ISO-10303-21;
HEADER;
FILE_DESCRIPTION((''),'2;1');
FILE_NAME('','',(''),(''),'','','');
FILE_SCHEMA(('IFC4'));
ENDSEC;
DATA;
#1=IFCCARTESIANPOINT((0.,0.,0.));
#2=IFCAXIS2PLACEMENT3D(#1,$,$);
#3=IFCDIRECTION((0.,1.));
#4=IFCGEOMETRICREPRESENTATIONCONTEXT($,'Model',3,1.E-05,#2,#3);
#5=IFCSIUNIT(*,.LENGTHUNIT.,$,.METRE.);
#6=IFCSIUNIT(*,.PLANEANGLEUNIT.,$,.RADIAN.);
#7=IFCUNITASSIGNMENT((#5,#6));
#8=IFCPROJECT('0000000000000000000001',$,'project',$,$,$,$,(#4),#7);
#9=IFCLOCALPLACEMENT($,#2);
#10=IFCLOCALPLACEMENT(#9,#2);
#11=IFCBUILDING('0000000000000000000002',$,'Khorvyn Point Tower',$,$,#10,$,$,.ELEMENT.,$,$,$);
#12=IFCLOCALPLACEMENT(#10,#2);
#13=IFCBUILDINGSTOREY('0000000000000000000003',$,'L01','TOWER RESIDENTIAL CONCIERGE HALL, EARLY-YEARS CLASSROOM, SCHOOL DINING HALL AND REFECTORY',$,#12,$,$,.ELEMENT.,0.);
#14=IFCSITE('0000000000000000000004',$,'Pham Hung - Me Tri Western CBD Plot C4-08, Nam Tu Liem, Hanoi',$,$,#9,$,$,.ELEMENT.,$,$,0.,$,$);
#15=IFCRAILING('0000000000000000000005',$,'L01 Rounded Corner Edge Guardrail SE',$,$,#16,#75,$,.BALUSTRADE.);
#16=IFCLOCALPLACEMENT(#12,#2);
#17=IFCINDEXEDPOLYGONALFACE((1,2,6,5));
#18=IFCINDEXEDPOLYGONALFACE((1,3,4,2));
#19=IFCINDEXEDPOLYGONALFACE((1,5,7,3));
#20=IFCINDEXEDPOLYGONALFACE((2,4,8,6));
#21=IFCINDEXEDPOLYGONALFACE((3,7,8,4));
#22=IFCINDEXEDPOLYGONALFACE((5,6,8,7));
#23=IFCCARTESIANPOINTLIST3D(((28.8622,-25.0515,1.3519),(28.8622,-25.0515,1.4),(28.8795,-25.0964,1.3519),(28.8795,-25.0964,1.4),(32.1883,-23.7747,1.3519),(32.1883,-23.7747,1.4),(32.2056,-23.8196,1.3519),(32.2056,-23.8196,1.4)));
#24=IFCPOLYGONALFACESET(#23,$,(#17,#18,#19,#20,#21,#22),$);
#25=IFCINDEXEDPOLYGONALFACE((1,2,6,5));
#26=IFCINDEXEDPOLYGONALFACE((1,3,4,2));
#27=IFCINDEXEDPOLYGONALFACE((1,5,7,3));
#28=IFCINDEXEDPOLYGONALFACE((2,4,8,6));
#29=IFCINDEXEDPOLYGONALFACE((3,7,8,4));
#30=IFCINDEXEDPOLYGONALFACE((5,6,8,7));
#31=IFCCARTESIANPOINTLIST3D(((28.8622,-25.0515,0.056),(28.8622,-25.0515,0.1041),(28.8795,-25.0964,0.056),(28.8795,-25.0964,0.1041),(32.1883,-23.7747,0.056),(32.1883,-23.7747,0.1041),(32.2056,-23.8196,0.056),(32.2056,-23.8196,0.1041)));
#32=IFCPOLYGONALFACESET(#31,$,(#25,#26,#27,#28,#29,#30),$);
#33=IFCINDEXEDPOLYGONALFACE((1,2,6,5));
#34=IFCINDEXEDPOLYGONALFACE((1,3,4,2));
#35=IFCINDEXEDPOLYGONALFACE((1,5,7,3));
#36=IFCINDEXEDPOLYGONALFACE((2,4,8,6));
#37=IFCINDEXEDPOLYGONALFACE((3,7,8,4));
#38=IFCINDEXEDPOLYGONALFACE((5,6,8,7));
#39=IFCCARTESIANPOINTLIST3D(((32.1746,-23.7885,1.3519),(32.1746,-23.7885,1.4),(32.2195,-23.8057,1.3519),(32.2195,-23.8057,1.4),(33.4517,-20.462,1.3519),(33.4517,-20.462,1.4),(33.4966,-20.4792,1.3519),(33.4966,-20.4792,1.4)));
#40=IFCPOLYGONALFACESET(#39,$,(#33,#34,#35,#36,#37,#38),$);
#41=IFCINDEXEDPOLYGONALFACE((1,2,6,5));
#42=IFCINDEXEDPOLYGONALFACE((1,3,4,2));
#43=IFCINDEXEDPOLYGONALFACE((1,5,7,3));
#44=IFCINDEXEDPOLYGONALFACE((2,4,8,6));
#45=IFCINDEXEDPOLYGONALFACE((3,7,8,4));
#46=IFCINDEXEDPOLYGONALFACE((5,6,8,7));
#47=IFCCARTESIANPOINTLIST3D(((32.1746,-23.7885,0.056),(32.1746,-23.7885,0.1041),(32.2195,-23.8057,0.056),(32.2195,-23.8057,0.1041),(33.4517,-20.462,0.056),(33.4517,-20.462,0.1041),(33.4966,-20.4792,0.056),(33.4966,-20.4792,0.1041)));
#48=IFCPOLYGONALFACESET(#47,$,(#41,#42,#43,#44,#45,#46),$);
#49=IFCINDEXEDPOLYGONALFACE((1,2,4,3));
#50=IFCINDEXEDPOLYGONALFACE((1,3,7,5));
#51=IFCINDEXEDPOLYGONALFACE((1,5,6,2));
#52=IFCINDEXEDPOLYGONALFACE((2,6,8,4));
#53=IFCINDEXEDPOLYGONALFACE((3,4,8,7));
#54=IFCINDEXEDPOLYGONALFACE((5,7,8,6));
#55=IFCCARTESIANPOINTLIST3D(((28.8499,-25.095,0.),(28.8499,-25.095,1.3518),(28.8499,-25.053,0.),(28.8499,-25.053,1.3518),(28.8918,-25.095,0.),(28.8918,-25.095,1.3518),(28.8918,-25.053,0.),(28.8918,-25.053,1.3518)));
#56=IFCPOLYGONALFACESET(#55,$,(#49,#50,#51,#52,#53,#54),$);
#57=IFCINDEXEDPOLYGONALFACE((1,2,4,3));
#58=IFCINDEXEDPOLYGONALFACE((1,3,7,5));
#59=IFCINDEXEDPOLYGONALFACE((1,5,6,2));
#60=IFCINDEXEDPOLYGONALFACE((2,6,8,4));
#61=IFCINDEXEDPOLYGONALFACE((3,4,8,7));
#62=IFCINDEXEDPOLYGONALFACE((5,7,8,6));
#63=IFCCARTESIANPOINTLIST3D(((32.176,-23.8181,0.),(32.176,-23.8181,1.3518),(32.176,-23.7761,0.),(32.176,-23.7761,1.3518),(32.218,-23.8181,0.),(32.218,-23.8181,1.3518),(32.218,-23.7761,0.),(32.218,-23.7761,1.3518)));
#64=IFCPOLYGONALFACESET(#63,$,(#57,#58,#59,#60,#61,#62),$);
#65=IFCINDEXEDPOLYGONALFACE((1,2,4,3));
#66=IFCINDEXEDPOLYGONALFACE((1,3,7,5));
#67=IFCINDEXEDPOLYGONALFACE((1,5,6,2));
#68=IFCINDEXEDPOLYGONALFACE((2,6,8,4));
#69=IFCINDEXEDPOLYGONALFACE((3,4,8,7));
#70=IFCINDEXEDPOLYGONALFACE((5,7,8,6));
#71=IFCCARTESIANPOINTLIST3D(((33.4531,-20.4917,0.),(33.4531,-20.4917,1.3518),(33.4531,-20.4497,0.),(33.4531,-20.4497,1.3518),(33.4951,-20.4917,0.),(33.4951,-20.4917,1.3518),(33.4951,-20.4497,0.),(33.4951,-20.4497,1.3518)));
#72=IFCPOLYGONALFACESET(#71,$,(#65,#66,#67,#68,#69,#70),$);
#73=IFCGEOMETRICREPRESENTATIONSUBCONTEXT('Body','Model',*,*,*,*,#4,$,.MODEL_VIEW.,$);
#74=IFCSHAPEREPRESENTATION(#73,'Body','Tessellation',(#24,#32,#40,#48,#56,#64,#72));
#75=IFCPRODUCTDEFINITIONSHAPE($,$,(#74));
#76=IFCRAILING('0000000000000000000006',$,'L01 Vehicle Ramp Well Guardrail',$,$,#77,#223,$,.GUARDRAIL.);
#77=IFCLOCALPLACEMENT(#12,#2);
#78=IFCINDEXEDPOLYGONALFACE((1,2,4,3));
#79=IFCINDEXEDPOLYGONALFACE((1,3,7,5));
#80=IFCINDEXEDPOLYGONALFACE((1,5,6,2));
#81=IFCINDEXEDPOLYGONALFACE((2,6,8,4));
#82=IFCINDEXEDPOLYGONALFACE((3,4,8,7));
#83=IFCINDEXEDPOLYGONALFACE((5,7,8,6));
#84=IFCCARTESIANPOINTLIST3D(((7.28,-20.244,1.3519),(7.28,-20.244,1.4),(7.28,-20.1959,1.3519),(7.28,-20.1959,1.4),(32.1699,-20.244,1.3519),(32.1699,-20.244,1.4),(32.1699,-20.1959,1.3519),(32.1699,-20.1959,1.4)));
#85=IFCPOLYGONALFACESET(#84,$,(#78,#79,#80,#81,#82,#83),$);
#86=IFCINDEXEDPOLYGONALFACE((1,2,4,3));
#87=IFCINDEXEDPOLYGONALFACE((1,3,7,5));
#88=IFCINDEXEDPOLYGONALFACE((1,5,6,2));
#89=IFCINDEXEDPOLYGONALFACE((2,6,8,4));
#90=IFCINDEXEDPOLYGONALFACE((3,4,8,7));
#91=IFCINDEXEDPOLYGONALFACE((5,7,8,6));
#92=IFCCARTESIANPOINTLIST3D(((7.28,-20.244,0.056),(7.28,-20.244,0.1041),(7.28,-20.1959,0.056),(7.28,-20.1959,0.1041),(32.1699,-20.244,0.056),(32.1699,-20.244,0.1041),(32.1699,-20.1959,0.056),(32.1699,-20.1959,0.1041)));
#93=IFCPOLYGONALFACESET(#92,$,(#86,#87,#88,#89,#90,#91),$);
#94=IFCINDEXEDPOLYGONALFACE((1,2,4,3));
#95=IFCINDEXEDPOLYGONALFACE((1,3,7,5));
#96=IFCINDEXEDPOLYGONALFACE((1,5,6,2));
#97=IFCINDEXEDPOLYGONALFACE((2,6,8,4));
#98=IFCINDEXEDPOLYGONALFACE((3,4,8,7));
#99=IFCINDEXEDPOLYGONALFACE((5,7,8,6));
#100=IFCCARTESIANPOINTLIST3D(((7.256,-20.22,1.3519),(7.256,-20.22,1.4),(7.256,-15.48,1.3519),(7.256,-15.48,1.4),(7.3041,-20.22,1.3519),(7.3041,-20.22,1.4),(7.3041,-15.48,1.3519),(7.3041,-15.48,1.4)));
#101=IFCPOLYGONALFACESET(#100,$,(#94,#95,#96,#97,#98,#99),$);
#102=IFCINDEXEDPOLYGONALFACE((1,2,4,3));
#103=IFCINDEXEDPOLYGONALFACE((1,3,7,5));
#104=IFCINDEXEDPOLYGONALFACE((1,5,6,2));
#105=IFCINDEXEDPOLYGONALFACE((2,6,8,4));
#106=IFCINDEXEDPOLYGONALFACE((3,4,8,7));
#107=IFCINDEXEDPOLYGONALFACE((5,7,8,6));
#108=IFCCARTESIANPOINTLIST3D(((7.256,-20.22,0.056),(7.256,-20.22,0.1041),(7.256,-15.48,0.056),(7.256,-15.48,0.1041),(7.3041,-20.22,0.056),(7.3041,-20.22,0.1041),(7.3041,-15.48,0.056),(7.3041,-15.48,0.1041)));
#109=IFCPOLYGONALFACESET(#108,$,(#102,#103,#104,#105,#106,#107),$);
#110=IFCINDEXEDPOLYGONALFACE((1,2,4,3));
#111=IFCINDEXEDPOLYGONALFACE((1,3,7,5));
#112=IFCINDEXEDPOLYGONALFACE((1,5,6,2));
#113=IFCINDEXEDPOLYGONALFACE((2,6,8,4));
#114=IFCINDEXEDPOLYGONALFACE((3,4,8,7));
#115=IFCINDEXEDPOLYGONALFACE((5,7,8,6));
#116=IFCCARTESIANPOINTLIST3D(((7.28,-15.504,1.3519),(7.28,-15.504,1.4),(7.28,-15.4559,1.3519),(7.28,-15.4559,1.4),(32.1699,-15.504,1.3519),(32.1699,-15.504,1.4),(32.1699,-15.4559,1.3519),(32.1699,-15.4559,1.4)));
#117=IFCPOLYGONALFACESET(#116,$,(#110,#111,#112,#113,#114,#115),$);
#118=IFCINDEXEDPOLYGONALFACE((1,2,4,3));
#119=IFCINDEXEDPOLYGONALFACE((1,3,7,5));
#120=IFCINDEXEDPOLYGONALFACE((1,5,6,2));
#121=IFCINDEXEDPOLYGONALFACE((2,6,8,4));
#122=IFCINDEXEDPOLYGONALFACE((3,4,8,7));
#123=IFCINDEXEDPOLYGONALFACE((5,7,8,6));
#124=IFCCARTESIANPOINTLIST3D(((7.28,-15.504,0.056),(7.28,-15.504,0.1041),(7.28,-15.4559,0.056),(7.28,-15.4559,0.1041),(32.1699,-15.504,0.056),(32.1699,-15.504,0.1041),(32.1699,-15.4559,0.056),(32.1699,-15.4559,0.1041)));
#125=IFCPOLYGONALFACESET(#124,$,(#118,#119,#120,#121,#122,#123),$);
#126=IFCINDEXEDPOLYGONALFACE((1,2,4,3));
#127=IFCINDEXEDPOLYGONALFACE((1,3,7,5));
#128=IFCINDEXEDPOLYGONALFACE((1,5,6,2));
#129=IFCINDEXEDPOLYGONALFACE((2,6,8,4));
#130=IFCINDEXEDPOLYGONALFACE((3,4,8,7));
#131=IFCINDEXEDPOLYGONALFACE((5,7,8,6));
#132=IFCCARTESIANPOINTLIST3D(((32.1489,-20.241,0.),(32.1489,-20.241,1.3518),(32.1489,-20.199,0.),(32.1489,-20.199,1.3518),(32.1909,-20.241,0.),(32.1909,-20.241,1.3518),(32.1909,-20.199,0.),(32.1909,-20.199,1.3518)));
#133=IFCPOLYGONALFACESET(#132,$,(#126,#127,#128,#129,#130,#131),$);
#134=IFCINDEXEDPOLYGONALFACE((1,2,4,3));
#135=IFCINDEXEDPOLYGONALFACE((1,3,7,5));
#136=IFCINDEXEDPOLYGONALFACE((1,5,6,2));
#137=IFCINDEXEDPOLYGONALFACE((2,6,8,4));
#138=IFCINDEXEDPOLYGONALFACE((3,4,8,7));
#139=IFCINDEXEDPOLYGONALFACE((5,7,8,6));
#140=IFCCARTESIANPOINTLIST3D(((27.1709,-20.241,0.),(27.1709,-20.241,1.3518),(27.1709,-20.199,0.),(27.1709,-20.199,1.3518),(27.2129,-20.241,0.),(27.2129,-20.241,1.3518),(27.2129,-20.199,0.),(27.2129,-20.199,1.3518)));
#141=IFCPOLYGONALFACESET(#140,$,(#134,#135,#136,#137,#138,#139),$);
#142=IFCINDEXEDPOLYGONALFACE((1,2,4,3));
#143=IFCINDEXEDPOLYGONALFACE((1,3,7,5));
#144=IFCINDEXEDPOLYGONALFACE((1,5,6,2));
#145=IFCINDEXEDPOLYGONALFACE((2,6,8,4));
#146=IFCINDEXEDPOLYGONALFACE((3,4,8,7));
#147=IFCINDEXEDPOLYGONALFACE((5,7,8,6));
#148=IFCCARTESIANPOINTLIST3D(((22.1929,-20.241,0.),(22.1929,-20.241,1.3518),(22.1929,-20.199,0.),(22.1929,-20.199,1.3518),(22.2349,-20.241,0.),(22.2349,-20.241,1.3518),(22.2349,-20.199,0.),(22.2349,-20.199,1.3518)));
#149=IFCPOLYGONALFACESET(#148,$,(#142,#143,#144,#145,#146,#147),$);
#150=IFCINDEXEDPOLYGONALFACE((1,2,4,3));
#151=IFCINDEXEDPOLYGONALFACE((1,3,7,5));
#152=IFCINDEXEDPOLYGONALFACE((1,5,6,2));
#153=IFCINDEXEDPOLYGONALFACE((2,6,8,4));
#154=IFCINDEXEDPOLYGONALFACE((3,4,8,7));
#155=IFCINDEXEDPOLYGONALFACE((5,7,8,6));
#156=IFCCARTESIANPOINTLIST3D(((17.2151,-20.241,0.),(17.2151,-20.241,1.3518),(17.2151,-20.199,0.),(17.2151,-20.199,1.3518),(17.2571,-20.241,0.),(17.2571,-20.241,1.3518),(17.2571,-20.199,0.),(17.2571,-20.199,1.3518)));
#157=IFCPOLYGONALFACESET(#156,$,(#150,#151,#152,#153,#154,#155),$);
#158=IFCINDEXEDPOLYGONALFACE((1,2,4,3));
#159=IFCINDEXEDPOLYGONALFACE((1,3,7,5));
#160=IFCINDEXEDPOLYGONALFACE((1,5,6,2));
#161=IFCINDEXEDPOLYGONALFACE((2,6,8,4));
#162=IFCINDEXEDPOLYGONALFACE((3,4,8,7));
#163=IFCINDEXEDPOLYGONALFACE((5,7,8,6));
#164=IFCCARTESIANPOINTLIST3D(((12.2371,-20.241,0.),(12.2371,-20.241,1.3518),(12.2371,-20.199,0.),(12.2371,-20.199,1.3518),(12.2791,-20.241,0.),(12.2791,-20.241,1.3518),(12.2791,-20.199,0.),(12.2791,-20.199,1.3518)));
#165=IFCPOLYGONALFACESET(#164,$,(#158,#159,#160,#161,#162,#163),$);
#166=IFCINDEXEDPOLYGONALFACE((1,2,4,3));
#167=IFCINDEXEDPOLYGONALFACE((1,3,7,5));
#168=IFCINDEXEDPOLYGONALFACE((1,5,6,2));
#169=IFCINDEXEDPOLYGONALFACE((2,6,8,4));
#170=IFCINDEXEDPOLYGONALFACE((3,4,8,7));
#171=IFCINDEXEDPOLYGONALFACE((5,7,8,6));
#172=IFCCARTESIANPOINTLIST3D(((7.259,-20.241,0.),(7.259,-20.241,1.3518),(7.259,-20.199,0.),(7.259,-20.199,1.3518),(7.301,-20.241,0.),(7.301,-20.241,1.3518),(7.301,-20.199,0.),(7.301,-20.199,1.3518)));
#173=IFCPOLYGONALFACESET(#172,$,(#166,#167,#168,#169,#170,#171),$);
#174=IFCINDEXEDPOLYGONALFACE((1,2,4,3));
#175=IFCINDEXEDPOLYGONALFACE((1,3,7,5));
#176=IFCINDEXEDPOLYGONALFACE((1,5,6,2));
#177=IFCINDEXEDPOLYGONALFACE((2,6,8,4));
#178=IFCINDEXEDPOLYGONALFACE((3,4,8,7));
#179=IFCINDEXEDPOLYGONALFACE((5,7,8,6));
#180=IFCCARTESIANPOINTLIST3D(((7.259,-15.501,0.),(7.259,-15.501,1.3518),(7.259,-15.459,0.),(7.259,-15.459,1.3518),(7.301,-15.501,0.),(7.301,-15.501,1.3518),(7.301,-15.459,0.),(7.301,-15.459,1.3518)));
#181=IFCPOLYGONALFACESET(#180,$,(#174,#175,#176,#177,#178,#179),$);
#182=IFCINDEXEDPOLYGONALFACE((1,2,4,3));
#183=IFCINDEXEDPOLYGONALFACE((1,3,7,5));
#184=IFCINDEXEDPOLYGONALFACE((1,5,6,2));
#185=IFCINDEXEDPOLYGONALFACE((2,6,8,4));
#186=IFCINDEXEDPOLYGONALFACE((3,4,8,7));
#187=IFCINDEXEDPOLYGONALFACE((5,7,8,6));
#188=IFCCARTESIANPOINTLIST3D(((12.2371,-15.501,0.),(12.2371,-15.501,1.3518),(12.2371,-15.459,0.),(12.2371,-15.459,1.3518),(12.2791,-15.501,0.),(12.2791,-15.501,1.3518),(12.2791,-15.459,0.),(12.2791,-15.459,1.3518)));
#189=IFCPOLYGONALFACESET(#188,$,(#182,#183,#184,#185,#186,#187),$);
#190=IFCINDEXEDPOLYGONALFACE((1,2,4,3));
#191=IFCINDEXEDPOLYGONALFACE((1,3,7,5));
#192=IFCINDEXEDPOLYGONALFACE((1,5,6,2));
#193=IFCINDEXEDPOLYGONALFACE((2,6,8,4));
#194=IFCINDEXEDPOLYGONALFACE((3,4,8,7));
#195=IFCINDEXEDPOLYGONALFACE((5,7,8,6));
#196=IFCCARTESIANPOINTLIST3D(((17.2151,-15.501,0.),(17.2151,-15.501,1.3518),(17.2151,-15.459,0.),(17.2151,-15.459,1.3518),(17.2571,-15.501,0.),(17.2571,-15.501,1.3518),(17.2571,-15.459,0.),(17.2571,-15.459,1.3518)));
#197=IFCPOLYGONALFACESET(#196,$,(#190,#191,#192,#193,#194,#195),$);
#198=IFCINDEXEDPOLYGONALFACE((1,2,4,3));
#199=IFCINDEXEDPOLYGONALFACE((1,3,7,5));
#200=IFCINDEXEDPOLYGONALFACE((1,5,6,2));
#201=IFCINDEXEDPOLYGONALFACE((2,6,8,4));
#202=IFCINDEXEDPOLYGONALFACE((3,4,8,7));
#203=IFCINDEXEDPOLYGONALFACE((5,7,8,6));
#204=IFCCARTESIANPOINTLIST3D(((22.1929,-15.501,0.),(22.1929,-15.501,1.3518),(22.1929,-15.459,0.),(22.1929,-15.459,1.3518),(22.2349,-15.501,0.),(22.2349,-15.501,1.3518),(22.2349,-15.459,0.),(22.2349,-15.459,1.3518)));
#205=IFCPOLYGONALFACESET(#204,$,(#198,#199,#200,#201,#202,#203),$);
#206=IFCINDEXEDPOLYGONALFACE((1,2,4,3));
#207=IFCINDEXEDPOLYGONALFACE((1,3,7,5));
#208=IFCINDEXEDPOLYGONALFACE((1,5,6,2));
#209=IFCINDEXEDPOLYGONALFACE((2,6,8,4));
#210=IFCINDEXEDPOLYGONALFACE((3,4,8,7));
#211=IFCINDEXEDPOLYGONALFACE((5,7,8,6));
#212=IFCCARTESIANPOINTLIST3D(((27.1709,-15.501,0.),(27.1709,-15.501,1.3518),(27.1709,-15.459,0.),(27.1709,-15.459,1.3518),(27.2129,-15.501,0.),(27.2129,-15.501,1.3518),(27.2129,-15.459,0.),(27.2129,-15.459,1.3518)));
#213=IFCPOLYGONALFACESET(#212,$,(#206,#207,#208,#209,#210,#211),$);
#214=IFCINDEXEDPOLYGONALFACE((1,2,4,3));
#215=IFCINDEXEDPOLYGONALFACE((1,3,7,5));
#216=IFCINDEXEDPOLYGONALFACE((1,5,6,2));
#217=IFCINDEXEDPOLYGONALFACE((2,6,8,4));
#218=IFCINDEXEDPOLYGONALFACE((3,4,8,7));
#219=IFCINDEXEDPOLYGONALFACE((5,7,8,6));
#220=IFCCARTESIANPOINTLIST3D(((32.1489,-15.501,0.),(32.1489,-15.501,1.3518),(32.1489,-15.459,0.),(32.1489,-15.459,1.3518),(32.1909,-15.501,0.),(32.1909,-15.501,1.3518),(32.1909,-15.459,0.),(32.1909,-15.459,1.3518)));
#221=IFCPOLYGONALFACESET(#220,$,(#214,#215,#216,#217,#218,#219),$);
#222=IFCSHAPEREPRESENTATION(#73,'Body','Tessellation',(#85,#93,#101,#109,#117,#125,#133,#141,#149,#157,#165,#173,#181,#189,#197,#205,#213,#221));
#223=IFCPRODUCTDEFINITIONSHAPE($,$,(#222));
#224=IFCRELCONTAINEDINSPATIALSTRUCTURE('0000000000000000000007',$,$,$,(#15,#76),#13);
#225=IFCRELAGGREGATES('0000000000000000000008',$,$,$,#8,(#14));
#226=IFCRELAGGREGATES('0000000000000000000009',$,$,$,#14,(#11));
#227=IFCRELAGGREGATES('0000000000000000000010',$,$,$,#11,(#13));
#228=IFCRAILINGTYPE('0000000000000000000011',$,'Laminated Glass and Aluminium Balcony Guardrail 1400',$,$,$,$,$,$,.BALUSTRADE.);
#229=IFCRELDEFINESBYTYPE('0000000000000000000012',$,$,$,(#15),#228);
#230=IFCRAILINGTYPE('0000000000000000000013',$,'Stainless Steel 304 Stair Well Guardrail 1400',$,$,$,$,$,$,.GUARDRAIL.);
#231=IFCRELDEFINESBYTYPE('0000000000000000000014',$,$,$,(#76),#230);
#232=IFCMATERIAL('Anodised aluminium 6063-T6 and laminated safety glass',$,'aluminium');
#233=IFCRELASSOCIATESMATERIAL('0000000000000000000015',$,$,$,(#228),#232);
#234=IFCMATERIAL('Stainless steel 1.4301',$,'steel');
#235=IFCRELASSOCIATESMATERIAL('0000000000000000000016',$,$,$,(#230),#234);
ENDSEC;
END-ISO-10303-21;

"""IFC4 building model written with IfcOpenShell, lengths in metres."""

from ifc_helpers import new_model, si_unit, direction, frame, origin, origin_2d, place, context, subcontext, project, spatial, rectangle, extrude, material, type_object, element, save


model = new_model("IFC4")

# Units and contexts
model_context = context("Model", 3, precision=1e-05, world=origin(), true_north=direction((0.0, 1.0)))
body_context = subcontext(model_context, "Body", "Model", "MODEL_VIEW")
ifc_project = project(units=[si_unit("LENGTHUNIT", "METRE"), si_unit("PLANEANGLEUNIT", "RADIAN")], contexts=[model_context])

# Site, building, storey
site_placement = place(None, origin())
site = spatial("IfcSite", under=ifc_project, at=site_placement, Name="Pham Hung - Me Tri Western CBD Plot C4-08, Nam Tu Liem, Hanoi", CompositionType="ELEMENT", RefElevation=0.0)
building_placement = place(site_placement, origin())
building = spatial("IfcBuilding", under=site, at=building_placement, Name="Khorvyn Point Tower", CompositionType="ELEMENT")
storey_placement = place(building_placement, origin())
storey = spatial("IfcBuildingStorey", under=building, at=storey_placement, Name="L01", Description="TOWER RESIDENTIAL CONCIERGE HALL, EARLY-YEARS CLASSROOM, SCHOOL DINING HALL AND REFECTORY", CompositionType="ELEMENT", Elevation=0.0)

# Railings
ifc_material_1 = material(Name="Anodised aluminium 6063-T6 and laminated safety glass", Category="aluminium")
railing_type_1 = type_object("IfcRailingType", Name="Laminated Glass and Aluminium Balcony Guardrail 1400", PredefinedType="BALUSTRADE", material=ifc_material_1)
railing_1_placement = place(storey_placement, frame((28.8708, -25.074, 0.0)))
element("IfcRailing", 1, at=railing_1_placement, inside=storey, type_object=railing_type_1, Name="L01 Rounded Corner Edge Guardrail SE", PredefinedType="BALUSTRADE", context=body_context, shape_type="SweptSolid", body=[
    extrude(rectangle(XDim=0.0481, YDim=0.0481, at=origin_2d()), frame((0.0, 0.0, 1.376), z_axis=(0.933575, 0.358382, 0.0), x_axis=(-0.358382, 0.933575, 0.0)), (0.0, 0.0, 1.0), 3.5627),
    extrude(rectangle(XDim=0.0481, YDim=0.0481, at=origin_2d()), frame((0.0, 0.0, 0.0801), z_axis=(0.933575, 0.358382, 0.0), x_axis=(-0.358382, 0.933575, 0.0)), (0.0, 0.0, 1.0), 3.5627),
    extrude(rectangle(XDim=0.0481, YDim=0.0481, at=origin_2d()), frame((3.3262, 1.2769, 1.376), z_axis=(0.358419, 0.933561, 0.0), x_axis=(-0.933561, 0.358419, 0.0)), (0.0, 0.0, 1.0), 3.5632),
    extrude(rectangle(XDim=0.0481, YDim=0.0481, at=origin_2d()), frame((3.3262, 1.2769, 0.0801), z_axis=(0.358419, 0.933561, 0.0), x_axis=(-0.933561, 0.358419, 0.0)), (0.0, 0.0, 1.0), 3.5632),
    extrude(rectangle(XDim=0.042, YDim=0.042, at=origin_2d()), origin(), (0.0, 0.0, 1.0), 1.3518),
    extrude(rectangle(XDim=0.042, YDim=0.042, at=origin_2d()), frame((3.3262, 1.2769, 0.0)), (0.0, 0.0, 1.0), 1.3518),
    extrude(rectangle(XDim=0.042, YDim=0.042, at=origin_2d()), frame((4.6033, 4.6033, 0.0)), (0.0, 0.0, 1.0), 1.3518),
])
ifc_material_2 = material(Name="Stainless steel 1.4301", Category="steel")
railing_type_2 = type_object("IfcRailingType", Name="Stainless Steel 304 Stair Well Guardrail 1400", PredefinedType="GUARDRAIL", material=ifc_material_2)
railing_2_placement = place(storey_placement, frame((32.1699, -20.22, 0.0)))
element("IfcRailing", 2, at=railing_2_placement, inside=storey, type_object=railing_type_2, Name="L01 Vehicle Ramp Well Guardrail", PredefinedType="GUARDRAIL", context=body_context, shape_type="SweptSolid", body=[
    extrude(rectangle(XDim=0.0481, YDim=0.0481, at=origin_2d()), frame((0.0, 0.0, 1.376), z_axis=(-1.0, 0.0, 0.0), x_axis=(0.0, -1.0, 0.0)), (0.0, 0.0, 1.0), 24.8899),
    extrude(rectangle(XDim=0.0481, YDim=0.0481, at=origin_2d()), frame((0.0, 0.0, 0.0801), z_axis=(-1.0, 0.0, 0.0), x_axis=(0.0, -1.0, 0.0)), (0.0, 0.0, 1.0), 24.8899),
    extrude(rectangle(XDim=0.0481, YDim=0.0481, at=origin_2d()), frame((-24.8899, 0.0, 1.376), z_axis=(0.0, 1.0, 0.0), x_axis=(-1.0, 0.0, 0.0)), (0.0, 0.0, 1.0), 4.74),
    extrude(rectangle(XDim=0.0481, YDim=0.0481, at=origin_2d()), frame((-24.8899, 0.0, 0.0801), z_axis=(0.0, 1.0, 0.0), x_axis=(-1.0, 0.0, 0.0)), (0.0, 0.0, 1.0), 4.74),
    extrude(rectangle(XDim=0.0481, YDim=0.0481, at=origin_2d()), frame((-24.8899, 4.74, 1.376), z_axis=(1.0, 0.0, 0.0), x_axis=(0.0, 1.0, 0.0)), (0.0, 0.0, 1.0), 24.8899),
    extrude(rectangle(XDim=0.0481, YDim=0.0481, at=origin_2d()), frame((-24.8899, 4.74, 0.0801), z_axis=(1.0, 0.0, 0.0), x_axis=(0.0, 1.0, 0.0)), (0.0, 0.0, 1.0), 24.8899),
    extrude(rectangle(XDim=0.042, YDim=0.042, at=origin_2d()), origin(), (0.0, 0.0, 1.0), 1.3518),
    extrude(rectangle(XDim=0.042, YDim=0.042, at=origin_2d()), frame((-4.978, 0.0, 0.0)), (0.0, 0.0, 1.0), 1.3518),
    extrude(rectangle(XDim=0.042, YDim=0.042, at=origin_2d()), frame((-9.9561, 0.0, 0.0)), (0.0, 0.0, 1.0), 1.3518),
    extrude(rectangle(XDim=0.042, YDim=0.042, at=origin_2d()), frame((-14.9338, 0.0, 0.0)), (0.0, 0.0, 1.0), 1.3518),
    extrude(rectangle(XDim=0.042, YDim=0.042, at=origin_2d()), frame((-19.9119, 0.0, 0.0)), (0.0, 0.0, 1.0), 1.3518),
    extrude(rectangle(XDim=0.042, YDim=0.042, at=origin_2d()), frame((-24.8899, 0.0, 0.0)), (0.0, 0.0, 1.0), 1.3518),
    extrude(rectangle(XDim=0.042, YDim=0.042, at=origin_2d()), frame((-24.8899, 4.74, 0.0)), (0.0, 0.0, 1.0), 1.3518),
    extrude(rectangle(XDim=0.042, YDim=0.042, at=origin_2d()), frame((-19.9119, 4.74, 0.0)), (0.0, 0.0, 1.0), 1.3518),
    extrude(rectangle(XDim=0.042, YDim=0.042, at=origin_2d()), frame((-14.9338, 4.74, 0.0)), (0.0, 0.0, 1.0), 1.3518),
    extrude(rectangle(XDim=0.042, YDim=0.042, at=origin_2d()), frame((-9.9561, 4.74, 0.0)), (0.0, 0.0, 1.0), 1.3518),
    extrude(rectangle(XDim=0.042, YDim=0.042, at=origin_2d()), frame((-4.978, 4.74, 0.0)), (0.0, 0.0, 1.0), 1.3518),
    extrude(rectangle(XDim=0.042, YDim=0.042, at=origin_2d()), frame((0.0, 4.74, 0.0)), (0.0, 0.0, 1.0), 1.3518),
])

save(model, "model.ifc")
